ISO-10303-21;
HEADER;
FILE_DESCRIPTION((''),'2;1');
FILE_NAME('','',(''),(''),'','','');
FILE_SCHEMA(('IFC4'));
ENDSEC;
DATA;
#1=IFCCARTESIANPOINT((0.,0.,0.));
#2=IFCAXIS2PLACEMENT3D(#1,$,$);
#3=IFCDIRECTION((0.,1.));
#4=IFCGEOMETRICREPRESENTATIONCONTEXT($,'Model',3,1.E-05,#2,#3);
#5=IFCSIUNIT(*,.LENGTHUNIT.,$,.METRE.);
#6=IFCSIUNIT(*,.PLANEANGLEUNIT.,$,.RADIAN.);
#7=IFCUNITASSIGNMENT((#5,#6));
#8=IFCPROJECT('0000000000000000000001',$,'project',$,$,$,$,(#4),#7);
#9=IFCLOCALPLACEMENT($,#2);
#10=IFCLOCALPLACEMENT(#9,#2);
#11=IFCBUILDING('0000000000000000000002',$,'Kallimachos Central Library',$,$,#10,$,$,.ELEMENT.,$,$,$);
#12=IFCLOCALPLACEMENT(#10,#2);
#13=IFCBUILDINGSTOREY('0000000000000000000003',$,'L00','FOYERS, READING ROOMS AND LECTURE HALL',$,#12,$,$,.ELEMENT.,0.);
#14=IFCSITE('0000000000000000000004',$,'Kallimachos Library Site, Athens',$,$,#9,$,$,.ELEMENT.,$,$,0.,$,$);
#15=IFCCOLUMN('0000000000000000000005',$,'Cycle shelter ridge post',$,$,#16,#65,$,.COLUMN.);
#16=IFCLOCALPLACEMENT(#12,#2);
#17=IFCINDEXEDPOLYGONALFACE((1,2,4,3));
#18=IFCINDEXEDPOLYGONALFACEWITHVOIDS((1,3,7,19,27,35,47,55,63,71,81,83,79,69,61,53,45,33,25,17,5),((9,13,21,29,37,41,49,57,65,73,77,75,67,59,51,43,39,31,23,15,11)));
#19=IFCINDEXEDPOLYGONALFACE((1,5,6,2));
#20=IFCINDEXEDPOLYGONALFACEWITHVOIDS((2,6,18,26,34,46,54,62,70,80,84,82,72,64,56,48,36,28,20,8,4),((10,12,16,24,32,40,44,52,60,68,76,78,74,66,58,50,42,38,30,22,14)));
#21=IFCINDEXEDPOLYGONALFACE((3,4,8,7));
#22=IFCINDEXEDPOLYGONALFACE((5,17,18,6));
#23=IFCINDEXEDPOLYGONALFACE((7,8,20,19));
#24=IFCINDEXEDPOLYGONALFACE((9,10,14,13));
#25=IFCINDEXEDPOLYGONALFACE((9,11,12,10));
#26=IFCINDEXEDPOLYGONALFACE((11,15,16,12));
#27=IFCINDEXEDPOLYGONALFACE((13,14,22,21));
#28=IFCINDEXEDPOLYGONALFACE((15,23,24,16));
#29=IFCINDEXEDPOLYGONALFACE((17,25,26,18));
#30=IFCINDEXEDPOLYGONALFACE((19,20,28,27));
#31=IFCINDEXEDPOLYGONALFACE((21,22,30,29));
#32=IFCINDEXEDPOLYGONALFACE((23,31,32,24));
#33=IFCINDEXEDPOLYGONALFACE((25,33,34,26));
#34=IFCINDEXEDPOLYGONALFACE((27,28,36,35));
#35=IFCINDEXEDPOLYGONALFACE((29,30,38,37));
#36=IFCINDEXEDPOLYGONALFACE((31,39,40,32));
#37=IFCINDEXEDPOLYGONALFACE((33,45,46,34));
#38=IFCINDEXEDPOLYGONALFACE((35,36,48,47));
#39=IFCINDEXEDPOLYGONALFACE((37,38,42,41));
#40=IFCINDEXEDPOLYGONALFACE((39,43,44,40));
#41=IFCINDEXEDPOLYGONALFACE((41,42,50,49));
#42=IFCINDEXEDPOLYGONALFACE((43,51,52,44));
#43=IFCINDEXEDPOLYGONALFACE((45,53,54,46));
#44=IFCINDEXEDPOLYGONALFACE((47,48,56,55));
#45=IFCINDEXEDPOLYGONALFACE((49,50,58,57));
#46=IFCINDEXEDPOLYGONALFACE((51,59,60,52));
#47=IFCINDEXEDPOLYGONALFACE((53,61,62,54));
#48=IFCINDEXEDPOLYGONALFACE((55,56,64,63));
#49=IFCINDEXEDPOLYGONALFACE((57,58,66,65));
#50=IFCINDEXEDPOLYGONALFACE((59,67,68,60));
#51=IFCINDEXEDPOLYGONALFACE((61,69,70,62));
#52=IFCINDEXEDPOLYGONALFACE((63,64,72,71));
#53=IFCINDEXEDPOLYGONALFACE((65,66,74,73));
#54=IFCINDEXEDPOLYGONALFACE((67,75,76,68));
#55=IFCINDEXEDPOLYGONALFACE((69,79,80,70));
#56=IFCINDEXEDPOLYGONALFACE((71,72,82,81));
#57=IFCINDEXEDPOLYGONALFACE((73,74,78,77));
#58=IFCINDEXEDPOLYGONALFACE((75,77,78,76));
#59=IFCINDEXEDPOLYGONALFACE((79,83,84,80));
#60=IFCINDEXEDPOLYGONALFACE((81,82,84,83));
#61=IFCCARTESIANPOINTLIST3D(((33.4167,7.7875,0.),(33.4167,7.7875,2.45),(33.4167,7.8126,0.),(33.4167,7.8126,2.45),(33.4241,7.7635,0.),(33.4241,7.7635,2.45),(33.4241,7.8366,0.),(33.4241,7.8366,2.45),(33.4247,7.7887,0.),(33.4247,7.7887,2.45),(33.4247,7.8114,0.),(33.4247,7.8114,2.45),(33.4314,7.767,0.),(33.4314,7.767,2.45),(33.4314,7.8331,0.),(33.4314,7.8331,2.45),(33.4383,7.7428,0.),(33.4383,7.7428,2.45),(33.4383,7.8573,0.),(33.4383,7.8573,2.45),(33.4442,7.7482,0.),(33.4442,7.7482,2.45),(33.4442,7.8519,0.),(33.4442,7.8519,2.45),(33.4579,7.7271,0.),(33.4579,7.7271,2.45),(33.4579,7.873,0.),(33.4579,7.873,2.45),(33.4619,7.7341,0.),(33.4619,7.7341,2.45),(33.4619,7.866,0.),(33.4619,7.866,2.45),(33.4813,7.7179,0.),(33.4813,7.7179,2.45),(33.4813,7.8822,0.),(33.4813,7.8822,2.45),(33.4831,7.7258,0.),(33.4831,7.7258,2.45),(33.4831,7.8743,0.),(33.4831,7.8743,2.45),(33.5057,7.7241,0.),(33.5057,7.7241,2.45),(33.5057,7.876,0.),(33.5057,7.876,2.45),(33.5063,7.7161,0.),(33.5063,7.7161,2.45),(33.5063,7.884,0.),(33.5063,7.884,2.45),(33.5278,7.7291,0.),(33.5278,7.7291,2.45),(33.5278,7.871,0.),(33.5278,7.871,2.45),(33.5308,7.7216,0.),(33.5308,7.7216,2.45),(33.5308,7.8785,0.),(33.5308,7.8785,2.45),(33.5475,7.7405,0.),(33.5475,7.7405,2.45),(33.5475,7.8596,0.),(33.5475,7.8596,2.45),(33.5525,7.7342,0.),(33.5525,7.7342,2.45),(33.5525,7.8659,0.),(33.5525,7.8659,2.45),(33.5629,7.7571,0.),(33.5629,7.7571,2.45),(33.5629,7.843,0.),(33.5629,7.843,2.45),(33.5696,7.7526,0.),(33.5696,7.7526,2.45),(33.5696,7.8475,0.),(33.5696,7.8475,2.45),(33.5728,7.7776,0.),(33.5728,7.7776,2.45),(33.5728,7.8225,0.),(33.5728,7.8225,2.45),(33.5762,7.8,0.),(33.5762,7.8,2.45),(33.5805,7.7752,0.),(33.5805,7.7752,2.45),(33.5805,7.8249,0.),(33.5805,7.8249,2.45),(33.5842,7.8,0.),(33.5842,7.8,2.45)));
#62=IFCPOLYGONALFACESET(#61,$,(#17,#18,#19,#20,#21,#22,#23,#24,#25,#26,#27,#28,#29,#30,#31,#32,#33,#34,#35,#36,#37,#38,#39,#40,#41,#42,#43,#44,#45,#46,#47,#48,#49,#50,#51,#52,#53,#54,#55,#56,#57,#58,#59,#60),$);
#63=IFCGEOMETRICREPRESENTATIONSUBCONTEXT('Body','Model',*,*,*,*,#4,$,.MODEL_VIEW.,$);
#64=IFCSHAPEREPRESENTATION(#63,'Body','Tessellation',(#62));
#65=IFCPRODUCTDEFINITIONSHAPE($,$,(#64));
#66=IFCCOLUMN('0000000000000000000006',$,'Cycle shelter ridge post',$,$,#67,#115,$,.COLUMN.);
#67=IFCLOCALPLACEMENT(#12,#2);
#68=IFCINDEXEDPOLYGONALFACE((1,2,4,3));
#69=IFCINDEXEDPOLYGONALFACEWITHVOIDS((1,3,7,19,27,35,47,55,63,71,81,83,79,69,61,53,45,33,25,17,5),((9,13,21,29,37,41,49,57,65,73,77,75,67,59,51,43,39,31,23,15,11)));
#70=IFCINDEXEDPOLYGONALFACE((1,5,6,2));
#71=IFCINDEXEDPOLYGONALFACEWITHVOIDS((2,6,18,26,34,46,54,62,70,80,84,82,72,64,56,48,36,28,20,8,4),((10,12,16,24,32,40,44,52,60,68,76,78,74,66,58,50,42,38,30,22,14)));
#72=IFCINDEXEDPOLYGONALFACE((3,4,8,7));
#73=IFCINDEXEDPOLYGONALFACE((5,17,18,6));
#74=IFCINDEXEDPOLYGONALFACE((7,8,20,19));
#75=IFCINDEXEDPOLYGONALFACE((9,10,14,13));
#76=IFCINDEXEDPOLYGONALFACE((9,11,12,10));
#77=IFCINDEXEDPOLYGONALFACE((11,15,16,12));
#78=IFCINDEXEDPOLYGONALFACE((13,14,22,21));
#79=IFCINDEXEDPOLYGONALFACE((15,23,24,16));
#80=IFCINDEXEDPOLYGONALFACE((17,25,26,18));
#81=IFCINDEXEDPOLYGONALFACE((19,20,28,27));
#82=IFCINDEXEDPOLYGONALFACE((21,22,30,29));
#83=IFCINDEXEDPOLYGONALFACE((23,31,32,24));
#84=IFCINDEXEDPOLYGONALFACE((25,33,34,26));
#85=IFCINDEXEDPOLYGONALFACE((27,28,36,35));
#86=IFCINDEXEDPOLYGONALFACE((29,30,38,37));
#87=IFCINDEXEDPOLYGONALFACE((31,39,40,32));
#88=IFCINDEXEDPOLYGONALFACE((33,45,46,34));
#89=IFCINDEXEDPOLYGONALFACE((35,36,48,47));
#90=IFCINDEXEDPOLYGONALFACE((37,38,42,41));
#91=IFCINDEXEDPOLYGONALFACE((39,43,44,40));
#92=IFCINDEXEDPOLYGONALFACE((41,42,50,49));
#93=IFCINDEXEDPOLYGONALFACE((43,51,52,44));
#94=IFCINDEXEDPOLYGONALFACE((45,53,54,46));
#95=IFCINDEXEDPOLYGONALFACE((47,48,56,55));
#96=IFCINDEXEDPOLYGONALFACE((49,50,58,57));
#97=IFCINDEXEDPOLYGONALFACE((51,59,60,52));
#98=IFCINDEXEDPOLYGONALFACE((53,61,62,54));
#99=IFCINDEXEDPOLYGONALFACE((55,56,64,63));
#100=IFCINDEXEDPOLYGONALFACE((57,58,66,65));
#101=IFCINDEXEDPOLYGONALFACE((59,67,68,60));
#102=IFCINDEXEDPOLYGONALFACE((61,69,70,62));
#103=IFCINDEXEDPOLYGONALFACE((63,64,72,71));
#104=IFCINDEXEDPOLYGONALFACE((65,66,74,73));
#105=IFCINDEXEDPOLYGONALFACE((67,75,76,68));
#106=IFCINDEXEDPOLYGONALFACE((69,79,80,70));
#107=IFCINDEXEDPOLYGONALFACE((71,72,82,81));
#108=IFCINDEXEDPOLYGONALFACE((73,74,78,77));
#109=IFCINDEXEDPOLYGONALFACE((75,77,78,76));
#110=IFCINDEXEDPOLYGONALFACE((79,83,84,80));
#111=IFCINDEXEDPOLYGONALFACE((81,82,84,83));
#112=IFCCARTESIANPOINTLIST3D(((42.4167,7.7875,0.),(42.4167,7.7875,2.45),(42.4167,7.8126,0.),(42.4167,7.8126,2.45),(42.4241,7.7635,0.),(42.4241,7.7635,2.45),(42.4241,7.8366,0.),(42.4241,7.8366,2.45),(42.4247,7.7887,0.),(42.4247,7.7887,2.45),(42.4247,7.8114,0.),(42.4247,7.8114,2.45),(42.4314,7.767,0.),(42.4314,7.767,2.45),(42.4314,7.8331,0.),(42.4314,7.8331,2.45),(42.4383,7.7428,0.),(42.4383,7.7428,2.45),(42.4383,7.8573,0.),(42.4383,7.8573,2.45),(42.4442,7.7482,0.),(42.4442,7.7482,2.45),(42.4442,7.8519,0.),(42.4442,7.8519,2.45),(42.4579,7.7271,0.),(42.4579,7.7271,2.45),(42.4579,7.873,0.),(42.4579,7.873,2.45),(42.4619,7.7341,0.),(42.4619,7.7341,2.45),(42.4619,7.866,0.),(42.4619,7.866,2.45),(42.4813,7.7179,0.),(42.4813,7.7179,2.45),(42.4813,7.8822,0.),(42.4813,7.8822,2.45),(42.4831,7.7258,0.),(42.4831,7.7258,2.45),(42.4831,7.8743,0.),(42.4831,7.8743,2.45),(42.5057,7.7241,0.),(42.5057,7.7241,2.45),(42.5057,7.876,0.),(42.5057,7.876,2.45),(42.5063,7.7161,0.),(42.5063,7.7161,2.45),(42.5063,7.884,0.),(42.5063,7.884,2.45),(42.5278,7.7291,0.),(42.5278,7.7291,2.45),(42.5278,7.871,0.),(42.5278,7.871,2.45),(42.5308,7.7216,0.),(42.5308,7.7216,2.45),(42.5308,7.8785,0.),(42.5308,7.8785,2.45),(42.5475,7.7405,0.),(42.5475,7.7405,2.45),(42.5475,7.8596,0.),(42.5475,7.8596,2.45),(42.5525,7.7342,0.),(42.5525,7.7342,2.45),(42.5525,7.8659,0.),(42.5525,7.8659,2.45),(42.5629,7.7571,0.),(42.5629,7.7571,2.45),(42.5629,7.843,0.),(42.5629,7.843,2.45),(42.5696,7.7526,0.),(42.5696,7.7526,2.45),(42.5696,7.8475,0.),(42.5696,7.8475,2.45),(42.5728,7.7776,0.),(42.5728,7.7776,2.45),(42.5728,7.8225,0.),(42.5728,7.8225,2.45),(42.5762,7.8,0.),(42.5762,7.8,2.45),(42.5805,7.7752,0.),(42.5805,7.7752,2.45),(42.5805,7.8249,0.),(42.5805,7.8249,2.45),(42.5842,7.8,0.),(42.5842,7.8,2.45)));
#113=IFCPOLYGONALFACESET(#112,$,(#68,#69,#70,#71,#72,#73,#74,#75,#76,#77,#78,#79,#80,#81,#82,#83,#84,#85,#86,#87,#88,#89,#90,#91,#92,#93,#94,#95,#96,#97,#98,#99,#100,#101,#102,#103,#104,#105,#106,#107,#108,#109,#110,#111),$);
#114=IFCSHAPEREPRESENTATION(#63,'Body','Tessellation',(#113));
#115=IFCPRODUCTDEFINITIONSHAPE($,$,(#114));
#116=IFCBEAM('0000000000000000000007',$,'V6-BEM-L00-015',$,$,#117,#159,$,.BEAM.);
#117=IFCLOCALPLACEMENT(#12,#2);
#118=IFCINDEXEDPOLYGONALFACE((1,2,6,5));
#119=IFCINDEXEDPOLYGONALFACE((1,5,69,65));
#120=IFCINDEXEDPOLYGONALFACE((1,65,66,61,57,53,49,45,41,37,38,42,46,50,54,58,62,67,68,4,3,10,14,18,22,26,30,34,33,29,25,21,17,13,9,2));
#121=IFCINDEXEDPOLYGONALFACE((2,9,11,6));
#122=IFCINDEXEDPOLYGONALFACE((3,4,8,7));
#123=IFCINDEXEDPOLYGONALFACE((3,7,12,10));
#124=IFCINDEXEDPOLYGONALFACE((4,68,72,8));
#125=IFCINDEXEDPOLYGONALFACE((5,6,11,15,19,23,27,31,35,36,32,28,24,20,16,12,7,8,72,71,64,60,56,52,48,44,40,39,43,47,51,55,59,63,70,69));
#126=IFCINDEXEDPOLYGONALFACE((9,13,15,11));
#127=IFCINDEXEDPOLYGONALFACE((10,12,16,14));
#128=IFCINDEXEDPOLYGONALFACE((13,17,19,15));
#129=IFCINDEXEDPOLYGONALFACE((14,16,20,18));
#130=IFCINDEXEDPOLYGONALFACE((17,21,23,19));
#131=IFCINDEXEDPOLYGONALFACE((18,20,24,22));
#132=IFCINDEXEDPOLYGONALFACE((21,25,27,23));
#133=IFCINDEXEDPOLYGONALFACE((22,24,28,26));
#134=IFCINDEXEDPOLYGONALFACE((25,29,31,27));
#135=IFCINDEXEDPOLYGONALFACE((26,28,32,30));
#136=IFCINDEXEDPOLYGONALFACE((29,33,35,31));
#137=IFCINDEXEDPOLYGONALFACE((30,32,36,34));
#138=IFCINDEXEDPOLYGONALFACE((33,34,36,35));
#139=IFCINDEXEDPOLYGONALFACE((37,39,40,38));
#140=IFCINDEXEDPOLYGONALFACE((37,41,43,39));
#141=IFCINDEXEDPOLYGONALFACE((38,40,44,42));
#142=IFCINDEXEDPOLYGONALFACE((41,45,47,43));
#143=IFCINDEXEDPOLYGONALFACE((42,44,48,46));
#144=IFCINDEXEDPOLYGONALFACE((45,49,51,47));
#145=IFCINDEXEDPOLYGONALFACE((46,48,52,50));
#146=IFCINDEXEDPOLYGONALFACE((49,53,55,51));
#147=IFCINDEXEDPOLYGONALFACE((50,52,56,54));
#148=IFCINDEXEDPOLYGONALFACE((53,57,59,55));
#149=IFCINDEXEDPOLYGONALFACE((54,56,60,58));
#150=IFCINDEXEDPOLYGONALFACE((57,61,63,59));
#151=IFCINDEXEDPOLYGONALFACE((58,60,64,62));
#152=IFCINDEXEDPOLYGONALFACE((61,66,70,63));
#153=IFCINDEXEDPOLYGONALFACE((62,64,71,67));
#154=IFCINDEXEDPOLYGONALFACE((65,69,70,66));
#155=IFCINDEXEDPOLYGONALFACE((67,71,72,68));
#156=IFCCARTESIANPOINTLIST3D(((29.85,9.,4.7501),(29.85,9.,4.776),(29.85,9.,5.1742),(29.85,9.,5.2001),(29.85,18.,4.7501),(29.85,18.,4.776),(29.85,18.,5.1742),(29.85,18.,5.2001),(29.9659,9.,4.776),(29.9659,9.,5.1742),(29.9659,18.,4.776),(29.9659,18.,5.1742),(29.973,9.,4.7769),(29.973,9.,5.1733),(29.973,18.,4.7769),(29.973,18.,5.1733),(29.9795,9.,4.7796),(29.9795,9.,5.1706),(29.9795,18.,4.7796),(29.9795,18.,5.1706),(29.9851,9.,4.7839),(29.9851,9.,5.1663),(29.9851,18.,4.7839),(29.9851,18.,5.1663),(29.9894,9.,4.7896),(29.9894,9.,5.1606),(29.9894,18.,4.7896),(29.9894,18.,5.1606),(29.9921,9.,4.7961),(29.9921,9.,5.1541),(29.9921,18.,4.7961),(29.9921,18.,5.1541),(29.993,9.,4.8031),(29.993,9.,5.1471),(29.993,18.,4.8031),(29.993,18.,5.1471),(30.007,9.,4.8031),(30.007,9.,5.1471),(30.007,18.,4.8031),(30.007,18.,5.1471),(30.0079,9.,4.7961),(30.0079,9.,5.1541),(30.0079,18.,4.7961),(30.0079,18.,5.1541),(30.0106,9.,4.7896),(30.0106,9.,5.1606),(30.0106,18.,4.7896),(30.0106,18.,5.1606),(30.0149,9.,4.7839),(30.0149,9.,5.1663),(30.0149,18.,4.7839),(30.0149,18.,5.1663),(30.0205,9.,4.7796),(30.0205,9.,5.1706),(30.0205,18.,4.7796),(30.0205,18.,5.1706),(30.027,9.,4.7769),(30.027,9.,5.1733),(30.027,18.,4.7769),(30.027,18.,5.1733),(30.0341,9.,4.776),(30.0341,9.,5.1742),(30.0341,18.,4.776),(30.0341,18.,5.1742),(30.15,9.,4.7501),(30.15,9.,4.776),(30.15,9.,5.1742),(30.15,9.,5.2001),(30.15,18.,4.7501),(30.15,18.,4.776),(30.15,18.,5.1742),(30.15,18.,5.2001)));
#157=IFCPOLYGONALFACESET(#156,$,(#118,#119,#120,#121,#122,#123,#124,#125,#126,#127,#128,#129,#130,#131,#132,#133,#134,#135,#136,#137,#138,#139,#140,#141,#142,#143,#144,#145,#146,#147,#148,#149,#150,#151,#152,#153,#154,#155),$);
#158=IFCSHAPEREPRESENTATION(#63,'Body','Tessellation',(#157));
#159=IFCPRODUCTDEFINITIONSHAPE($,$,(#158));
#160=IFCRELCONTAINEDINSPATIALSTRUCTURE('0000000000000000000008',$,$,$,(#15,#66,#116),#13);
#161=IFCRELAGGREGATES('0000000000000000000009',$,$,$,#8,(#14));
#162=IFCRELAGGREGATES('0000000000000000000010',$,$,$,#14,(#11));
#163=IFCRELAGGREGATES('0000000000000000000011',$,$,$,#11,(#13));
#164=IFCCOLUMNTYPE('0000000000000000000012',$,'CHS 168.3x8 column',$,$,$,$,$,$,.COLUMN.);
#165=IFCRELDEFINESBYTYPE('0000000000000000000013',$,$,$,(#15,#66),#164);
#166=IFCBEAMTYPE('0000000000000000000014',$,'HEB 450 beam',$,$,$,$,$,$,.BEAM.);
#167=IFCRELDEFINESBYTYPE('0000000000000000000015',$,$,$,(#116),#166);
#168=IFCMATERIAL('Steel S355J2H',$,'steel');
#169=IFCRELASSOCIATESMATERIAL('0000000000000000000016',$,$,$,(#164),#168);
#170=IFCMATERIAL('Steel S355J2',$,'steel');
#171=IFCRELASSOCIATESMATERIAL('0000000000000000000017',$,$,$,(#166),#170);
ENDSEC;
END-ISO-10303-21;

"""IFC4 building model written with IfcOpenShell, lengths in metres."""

from ifc_helpers import new_model, si_unit, direction, frame, origin, origin_2d, place, context, subcontext, project, spatial, hollow_circle, i_section, extrude, material, material_profile, profile_set, type_object, element, save


model = new_model("IFC4")

# Units and contexts
model_context = context("Model", 3, precision=1e-05, world=origin(), true_north=direction((0.0, 1.0)))
body_context = subcontext(model_context, "Body", "Model", "MODEL_VIEW")
ifc_project = project(units=[si_unit("LENGTHUNIT", "METRE"), si_unit("PLANEANGLEUNIT", "RADIAN")], contexts=[model_context])

# Site, building, storey
site_placement = place(None, origin())
site = spatial("IfcSite", under=ifc_project, at=site_placement, Name="Kallimachos Library Site, Athens", CompositionType="ELEMENT", RefElevation=0.0)
building_placement = place(site_placement, origin())
building = spatial("IfcBuilding", under=site, at=building_placement, Name="Kallimachos Central Library", CompositionType="ELEMENT")
storey_placement = place(building_placement, origin())
storey = spatial("IfcBuildingStorey", under=building, at=storey_placement, Name="L00", Description="FOYERS, READING ROOMS AND LECTURE HALL", CompositionType="ELEMENT", Elevation=0.0)

# Columns
ifc_material_1 = material(Name="Steel S355J2H", Category="steel")
ifc_material_profile_1 = material_profile(ifc_material_1, hollow_circle(Radius=0.0842, WallThickness=0.0081, at=origin_2d()), Name="CHS 168.3x8")
ifc_profile_set_1 = profile_set([ifc_material_profile_1], Name="Steel S355J2H")
column_type = type_object("IfcColumnType", Name="CHS 168.3x8 column", PredefinedType="COLUMN", material=ifc_profile_set_1)
for number, where, z_axis, x_axis, name in (
    (1, (33.5, 7.8, 0.0), (0.0, 0.0, 1.0), (1.0, 0.0, 0.0), "Cycle shelter ridge post"),
    (2, (42.5, 7.8, 0.0), (0.0, 0.0, 1.0), (1.0, 0.0, 0.0), "Cycle shelter ridge post"),
):
    element("IfcColumn", number, at=place(storey_placement, frame(where, z_axis=z_axis, x_axis=x_axis)), inside=storey, type_object=column_type, Name=name, PredefinedType="COLUMN", context=body_context, shape_type="SweptSolid", body=[
        extrude(hollow_circle(Radius=0.0842, WallThickness=0.0081, at=origin_2d()), origin(), (0.0, 0.0, 1.0), 2.45),
    ])

# Beam
ifc_material_2 = material(Name="Steel S355J2", Category="steel")
ifc_material_profile_2 = material_profile(ifc_material_2, i_section(OverallWidth=0.3, OverallDepth=0.45, WebThickness=0.0139, FlangeThickness=0.0259, FilletRadius=0.0271, at=origin_2d()), Name="HEB 450")
ifc_profile_set_2 = profile_set([ifc_material_profile_2], Name="Steel S355J2")
beam_type_1 = type_object("IfcBeamType", Name="HEB 450 beam", PredefinedType="BEAM", material=ifc_profile_set_2)
beam_placement = place(storey_placement, frame((30.0, 9.0, 4.9751), z_axis=(0.0, 1.0, 0.0), x_axis=(-1.0, 0.0, 0.0)))
element("IfcBeam", 3, at=beam_placement, inside=storey, type_object=beam_type_1, Name="V6-BEM-L00-015", PredefinedType="BEAM", context=body_context, shape_type="SweptSolid", body=[
    extrude(i_section(OverallWidth=0.3, OverallDepth=0.45, WebThickness=0.0139, FlangeThickness=0.0259, FilletRadius=0.0271, at=origin_2d()), origin(), (0.0, 0.0, 1.0), 9.0),
])

save(model, "model.ifc")
